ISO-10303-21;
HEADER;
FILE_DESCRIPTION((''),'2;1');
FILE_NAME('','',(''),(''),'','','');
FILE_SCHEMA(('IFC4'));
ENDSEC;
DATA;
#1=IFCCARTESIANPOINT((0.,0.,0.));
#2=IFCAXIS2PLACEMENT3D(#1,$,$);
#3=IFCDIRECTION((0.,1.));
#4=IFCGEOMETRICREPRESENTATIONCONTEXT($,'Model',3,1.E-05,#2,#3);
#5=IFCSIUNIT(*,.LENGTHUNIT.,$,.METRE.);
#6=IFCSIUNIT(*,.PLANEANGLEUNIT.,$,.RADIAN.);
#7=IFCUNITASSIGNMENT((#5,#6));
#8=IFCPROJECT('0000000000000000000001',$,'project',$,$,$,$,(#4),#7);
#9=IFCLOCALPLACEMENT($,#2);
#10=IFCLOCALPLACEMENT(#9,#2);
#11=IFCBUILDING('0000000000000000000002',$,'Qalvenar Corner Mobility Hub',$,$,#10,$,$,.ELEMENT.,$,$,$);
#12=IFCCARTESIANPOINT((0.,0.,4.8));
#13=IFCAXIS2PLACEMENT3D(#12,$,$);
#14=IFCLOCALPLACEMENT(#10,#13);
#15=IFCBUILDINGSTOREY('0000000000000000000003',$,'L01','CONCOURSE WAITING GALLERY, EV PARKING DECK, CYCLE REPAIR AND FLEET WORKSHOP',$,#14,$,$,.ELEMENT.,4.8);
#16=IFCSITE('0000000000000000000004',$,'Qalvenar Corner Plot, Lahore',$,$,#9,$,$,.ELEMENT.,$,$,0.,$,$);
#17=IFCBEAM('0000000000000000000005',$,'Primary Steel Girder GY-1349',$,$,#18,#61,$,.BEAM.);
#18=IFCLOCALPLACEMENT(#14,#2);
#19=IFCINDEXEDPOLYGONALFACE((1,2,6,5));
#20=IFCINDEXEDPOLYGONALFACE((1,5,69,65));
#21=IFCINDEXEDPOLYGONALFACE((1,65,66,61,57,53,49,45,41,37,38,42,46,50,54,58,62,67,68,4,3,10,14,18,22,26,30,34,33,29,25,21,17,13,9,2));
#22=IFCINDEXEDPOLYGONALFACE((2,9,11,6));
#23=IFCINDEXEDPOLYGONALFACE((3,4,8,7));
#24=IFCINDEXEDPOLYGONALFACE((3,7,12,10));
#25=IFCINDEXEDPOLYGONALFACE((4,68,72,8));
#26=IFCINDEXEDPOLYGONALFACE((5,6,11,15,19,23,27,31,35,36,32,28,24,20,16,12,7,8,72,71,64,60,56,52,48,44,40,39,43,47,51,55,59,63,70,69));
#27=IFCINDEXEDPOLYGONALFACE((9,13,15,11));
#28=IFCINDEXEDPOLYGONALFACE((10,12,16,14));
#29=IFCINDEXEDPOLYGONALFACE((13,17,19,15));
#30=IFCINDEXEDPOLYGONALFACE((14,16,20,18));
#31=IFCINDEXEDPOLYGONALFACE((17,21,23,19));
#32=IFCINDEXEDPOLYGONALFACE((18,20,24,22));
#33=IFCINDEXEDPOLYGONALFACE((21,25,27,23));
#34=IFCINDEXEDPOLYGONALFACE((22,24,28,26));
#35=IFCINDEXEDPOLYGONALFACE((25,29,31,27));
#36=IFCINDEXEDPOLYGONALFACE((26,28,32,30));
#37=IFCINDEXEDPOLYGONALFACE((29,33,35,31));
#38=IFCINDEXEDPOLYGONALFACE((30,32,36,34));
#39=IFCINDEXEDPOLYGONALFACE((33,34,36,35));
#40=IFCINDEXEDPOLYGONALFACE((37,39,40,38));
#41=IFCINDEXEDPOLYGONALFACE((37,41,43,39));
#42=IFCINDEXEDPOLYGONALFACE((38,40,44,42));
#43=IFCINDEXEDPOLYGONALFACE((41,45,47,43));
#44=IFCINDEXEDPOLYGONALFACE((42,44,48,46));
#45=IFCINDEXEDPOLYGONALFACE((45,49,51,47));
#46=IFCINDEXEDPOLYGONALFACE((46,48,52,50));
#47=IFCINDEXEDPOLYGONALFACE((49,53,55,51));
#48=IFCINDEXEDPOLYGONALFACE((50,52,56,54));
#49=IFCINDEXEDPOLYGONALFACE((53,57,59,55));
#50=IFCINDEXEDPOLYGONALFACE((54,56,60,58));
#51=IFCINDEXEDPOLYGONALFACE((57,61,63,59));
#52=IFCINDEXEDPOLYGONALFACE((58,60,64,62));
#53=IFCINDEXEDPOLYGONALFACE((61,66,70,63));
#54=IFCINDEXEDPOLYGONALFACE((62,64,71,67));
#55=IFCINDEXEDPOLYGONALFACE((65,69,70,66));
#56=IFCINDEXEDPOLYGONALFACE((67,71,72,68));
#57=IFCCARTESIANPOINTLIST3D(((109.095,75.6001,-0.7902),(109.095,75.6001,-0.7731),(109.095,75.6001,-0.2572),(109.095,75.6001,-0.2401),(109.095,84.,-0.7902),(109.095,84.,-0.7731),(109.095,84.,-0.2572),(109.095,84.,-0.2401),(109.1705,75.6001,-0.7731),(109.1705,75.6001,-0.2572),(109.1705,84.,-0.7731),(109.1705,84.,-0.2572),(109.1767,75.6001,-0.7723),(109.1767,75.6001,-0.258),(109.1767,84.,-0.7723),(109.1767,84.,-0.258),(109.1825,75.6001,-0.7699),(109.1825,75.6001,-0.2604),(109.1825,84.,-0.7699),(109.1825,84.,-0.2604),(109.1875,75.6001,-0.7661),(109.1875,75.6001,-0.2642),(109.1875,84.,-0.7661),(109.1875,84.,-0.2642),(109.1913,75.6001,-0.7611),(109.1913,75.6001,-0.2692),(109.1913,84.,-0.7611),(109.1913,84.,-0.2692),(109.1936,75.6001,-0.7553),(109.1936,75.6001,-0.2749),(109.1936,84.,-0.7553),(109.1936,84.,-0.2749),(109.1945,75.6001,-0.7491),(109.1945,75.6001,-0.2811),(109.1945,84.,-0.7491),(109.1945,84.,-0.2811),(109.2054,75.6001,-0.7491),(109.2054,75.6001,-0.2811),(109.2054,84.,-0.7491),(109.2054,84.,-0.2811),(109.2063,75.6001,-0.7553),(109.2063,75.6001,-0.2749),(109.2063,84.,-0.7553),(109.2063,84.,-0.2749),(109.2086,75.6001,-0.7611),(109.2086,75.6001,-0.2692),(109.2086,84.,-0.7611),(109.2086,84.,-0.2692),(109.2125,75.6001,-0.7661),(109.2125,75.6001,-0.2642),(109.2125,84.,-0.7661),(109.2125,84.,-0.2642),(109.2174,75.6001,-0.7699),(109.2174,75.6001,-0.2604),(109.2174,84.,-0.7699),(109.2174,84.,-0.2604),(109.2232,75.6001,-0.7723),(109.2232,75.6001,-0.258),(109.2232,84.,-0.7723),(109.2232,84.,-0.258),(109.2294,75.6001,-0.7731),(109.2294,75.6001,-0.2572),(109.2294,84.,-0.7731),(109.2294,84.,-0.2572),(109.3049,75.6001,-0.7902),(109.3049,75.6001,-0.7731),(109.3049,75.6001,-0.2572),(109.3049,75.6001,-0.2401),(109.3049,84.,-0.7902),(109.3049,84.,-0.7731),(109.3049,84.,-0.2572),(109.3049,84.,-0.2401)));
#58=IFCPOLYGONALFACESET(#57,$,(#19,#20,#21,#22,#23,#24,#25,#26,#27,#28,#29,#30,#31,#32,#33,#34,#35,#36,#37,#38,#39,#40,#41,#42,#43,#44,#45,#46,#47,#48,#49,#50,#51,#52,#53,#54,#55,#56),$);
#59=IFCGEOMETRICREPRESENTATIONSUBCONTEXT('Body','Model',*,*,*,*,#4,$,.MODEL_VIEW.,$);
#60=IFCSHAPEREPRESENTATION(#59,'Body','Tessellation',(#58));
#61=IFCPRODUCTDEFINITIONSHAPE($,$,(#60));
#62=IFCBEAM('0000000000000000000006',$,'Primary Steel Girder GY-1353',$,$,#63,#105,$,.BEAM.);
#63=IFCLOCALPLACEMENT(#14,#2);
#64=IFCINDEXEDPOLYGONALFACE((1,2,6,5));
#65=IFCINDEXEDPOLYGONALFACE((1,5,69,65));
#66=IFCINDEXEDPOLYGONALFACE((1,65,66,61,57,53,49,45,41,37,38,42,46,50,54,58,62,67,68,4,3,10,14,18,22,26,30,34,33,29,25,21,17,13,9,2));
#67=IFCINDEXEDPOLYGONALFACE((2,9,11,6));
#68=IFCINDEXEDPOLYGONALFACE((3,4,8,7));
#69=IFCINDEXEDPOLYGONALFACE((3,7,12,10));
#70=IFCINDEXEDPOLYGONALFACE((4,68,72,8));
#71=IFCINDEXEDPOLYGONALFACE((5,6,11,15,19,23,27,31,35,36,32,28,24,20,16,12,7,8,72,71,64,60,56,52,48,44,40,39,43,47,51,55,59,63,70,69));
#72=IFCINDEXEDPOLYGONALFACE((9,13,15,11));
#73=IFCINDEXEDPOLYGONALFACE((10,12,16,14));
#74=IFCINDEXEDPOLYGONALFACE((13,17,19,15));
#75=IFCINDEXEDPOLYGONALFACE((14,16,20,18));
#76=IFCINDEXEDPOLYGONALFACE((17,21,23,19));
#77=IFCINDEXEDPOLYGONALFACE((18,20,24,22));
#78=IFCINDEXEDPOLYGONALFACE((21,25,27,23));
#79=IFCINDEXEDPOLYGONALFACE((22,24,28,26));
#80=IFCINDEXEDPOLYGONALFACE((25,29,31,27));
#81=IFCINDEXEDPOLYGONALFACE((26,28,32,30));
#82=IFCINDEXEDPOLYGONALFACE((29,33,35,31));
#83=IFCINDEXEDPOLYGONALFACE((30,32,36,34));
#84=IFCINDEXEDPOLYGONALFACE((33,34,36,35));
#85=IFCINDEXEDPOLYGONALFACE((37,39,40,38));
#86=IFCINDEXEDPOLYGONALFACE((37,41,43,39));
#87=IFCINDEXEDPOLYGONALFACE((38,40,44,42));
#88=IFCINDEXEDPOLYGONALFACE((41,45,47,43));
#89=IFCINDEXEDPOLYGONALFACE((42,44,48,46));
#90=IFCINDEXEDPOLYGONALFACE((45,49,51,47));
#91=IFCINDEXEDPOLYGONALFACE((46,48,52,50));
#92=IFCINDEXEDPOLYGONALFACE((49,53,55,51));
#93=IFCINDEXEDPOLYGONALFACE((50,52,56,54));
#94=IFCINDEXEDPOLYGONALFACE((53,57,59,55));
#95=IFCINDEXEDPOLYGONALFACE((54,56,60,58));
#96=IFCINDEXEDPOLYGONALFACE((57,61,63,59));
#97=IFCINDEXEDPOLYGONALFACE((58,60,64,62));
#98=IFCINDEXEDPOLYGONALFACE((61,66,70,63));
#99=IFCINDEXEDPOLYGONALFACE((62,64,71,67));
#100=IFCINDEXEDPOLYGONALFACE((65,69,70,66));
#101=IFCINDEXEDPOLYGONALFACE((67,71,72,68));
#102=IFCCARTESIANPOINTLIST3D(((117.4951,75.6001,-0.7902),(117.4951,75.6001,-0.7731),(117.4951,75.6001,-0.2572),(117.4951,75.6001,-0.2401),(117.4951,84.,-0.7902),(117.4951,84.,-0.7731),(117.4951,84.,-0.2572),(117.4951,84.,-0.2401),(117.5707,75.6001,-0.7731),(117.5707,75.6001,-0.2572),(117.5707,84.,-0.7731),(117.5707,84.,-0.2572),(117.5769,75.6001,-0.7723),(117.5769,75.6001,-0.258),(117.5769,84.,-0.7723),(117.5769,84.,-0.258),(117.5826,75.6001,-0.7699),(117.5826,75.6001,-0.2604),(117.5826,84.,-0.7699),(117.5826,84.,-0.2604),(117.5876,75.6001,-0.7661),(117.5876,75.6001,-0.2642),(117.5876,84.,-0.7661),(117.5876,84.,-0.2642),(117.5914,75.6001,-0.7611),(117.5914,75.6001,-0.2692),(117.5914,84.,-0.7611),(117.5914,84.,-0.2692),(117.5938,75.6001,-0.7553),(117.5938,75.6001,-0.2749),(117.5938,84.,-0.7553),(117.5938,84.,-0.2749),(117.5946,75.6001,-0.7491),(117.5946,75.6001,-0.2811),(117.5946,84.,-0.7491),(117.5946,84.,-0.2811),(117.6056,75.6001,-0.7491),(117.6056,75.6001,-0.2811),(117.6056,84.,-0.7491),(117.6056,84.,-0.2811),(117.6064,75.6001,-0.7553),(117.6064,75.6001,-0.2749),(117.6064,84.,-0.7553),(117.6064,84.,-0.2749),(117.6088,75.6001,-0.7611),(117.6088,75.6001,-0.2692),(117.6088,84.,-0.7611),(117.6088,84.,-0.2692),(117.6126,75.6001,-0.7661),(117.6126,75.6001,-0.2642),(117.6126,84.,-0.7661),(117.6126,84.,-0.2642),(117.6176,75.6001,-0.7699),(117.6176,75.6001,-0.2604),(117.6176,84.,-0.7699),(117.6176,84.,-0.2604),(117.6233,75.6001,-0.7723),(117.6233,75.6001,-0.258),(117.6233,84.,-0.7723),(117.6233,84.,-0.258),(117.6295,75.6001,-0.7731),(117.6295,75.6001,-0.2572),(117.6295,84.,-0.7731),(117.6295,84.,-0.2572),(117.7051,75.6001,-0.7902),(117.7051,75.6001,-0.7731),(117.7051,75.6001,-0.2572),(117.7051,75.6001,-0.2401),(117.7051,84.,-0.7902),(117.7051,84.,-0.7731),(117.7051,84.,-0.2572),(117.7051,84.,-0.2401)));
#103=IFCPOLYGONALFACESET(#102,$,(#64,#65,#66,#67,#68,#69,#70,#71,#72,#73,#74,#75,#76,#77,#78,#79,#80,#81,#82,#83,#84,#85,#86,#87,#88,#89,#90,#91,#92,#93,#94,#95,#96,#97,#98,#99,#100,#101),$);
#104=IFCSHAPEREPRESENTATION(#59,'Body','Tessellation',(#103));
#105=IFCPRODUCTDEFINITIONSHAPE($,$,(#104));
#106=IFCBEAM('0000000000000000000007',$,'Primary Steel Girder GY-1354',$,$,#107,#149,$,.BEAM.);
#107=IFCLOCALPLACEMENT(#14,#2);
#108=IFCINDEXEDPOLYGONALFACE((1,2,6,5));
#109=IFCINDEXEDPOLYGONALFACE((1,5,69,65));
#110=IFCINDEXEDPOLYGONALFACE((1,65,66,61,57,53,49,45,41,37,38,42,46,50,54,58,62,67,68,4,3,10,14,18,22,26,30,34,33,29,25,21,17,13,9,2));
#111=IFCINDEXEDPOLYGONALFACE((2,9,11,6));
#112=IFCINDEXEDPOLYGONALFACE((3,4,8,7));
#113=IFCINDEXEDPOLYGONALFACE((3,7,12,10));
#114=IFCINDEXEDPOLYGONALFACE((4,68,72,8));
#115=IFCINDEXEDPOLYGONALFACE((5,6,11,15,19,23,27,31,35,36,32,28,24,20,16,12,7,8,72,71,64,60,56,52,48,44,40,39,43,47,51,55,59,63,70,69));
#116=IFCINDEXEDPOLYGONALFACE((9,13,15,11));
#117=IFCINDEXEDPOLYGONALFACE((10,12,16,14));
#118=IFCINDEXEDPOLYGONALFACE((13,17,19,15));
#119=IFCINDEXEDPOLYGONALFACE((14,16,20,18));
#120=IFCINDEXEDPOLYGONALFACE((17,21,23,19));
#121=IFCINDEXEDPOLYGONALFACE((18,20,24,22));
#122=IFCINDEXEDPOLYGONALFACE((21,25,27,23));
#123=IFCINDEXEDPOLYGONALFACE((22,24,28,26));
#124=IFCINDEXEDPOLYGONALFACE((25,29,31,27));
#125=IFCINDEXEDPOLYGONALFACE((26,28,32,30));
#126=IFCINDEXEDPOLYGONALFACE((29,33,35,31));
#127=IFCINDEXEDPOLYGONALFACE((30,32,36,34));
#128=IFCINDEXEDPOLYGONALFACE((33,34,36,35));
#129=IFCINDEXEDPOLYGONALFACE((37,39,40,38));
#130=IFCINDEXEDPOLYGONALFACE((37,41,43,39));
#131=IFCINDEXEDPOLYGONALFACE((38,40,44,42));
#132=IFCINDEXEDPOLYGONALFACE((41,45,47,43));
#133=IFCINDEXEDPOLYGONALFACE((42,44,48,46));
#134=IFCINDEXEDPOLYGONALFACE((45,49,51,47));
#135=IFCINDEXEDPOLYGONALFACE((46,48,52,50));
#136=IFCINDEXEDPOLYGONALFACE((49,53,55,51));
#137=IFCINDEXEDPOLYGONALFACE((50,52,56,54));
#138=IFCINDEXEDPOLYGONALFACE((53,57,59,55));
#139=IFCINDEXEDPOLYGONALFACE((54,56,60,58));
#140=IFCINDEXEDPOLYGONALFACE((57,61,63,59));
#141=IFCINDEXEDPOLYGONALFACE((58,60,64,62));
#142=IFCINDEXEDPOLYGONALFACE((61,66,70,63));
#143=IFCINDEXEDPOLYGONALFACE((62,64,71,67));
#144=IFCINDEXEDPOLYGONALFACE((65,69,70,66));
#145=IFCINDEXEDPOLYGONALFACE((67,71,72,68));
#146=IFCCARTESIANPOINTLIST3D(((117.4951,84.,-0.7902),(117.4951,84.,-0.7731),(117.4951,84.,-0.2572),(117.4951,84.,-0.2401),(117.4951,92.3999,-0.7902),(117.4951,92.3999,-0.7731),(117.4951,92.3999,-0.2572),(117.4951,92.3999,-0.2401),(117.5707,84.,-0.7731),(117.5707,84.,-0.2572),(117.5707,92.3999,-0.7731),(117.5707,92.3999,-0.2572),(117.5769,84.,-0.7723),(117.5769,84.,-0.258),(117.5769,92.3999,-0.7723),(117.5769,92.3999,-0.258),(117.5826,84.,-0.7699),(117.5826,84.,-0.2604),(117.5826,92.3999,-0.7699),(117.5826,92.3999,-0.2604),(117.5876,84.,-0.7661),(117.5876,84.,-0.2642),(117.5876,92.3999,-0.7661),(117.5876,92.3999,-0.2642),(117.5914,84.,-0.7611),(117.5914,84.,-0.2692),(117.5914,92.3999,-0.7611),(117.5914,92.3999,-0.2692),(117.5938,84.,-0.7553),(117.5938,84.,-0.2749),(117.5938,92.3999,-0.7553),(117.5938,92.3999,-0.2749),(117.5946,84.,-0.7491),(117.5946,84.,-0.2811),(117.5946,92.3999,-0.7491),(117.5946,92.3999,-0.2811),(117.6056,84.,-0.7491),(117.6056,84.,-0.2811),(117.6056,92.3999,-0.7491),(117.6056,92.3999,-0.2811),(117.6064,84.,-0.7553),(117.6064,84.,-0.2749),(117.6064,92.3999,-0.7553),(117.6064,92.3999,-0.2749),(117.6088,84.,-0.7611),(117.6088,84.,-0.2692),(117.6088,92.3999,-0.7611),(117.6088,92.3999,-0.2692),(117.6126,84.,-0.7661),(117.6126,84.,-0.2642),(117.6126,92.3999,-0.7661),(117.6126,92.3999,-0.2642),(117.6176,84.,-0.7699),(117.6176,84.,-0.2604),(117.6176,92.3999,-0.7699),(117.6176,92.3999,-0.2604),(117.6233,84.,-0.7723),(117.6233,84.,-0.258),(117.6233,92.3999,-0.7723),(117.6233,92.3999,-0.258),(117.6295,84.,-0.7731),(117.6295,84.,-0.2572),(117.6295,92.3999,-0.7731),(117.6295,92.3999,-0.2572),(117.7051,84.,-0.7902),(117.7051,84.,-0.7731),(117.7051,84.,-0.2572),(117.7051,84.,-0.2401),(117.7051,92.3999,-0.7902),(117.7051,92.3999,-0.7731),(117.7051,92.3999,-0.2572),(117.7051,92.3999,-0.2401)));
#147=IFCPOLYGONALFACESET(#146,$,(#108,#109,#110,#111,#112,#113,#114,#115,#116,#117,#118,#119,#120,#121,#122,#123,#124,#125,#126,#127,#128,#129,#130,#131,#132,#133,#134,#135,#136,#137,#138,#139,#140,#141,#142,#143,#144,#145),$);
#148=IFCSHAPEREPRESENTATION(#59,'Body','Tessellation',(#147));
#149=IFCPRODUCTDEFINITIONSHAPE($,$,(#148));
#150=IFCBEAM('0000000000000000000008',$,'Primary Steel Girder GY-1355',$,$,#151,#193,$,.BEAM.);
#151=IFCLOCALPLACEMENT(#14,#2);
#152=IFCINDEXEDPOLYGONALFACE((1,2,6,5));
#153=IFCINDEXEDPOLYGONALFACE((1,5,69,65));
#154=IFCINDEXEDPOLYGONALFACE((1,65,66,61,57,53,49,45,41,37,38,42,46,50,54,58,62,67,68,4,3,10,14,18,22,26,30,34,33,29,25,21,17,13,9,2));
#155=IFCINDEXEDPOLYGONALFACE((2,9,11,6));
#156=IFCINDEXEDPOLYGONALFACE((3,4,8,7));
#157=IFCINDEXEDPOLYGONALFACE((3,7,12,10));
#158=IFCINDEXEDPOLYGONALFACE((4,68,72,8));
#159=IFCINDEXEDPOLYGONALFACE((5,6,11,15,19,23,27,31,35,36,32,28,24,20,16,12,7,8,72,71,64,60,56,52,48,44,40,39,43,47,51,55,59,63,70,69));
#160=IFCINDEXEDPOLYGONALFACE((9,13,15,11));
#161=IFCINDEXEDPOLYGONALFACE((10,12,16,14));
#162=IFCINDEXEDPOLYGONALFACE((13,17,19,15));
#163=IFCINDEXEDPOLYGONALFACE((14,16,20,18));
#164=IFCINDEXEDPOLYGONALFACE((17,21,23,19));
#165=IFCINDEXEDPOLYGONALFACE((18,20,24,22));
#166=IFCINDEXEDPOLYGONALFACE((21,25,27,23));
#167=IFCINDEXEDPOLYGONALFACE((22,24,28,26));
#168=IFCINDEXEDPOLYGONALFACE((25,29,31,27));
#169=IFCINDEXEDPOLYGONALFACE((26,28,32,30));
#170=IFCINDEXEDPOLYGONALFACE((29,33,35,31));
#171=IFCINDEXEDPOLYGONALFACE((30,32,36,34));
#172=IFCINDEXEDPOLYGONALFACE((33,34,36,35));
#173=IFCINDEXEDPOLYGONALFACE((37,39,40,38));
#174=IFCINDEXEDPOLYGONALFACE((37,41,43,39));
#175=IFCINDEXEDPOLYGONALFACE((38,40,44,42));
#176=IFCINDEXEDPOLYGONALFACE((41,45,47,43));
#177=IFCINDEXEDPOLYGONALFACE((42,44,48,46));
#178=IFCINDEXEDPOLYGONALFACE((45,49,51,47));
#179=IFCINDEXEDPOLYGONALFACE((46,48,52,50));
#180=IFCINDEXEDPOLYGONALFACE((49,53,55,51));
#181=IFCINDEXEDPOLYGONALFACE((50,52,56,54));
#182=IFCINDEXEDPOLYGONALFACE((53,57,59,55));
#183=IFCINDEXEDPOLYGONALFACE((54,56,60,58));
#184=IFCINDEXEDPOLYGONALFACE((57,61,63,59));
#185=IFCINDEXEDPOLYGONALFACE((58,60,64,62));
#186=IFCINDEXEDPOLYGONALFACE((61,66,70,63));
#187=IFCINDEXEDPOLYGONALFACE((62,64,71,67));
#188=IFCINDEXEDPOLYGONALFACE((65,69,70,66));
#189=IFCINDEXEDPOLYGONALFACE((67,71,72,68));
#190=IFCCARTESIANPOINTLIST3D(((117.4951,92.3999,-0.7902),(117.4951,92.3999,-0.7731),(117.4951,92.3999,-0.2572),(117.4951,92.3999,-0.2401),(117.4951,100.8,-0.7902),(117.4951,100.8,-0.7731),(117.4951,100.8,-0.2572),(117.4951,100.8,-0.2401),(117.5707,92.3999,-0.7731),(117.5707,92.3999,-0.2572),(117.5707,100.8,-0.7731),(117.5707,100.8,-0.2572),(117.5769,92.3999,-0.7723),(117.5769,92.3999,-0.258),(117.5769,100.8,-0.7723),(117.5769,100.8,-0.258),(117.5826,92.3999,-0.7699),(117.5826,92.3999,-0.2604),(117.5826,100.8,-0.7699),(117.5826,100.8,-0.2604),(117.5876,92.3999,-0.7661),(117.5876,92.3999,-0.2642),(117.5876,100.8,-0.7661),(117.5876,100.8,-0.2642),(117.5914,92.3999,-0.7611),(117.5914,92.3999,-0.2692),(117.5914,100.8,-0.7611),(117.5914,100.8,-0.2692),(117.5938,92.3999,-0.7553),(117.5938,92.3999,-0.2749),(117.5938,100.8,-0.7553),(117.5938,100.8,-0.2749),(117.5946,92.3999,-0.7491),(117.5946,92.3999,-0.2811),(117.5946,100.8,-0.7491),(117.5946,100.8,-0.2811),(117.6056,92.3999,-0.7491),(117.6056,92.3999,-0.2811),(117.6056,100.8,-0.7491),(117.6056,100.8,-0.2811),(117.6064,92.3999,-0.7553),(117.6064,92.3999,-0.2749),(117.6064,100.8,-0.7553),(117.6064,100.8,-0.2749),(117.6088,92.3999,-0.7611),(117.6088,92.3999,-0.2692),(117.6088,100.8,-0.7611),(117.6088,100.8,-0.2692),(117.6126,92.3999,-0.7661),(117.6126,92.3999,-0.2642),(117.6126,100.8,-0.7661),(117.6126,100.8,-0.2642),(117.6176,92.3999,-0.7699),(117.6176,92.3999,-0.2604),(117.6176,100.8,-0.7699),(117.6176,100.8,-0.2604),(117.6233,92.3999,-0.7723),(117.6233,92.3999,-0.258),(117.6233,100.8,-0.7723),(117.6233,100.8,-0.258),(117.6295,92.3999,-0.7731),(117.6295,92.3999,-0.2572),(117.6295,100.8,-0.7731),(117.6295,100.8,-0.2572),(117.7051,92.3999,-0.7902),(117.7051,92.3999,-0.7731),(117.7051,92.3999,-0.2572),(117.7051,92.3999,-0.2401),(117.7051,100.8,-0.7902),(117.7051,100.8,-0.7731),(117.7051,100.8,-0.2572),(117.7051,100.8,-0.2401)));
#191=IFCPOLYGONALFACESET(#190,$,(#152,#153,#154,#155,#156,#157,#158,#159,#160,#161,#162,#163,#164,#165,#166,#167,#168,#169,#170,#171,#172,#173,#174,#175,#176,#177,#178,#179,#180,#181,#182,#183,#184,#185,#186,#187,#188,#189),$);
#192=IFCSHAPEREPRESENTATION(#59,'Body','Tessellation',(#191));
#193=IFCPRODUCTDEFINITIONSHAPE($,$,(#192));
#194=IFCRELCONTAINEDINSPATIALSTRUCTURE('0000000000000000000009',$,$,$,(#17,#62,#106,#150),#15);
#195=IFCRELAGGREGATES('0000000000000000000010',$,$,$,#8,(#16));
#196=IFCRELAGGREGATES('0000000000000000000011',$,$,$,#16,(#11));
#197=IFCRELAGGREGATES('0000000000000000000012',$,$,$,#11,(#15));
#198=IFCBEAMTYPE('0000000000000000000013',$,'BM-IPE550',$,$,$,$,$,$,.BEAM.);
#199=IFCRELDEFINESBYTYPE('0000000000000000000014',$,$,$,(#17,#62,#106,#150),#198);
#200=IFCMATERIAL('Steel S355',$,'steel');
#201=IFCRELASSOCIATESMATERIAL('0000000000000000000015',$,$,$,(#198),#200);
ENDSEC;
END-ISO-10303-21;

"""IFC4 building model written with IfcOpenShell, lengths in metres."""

from ifc_helpers import new_model, si_unit, direction, frame, origin, origin_2d, place, context, subcontext, project, spatial, i_section, extrude, material, material_profile, profile_set, type_object, element, save


model = new_model("IFC4")

# Units and contexts
model_context = context("Model", 3, precision=1e-05, world=origin(), true_north=direction((0.0, 1.0)))
body_context = subcontext(model_context, "Body", "Model", "MODEL_VIEW")
ifc_project = project(units=[si_unit("LENGTHUNIT", "METRE"), si_unit("PLANEANGLEUNIT", "RADIAN")], contexts=[model_context])

# Site, building, storey
site_placement = place(None, origin())
site = spatial("IfcSite", under=ifc_project, at=site_placement, Name="Qalvenar Corner Plot, Lahore", CompositionType="ELEMENT", RefElevation=0.0)
building_placement = place(site_placement, origin())
building = spatial("IfcBuilding", under=site, at=building_placement, Name="Qalvenar Corner Mobility Hub", CompositionType="ELEMENT")
storey_placement = place(building_placement, frame((0.0, 0.0, 4.8)))
storey = spatial("IfcBuildingStorey", under=building, at=storey_placement, Name="L01", Description="CONCOURSE WAITING GALLERY, EV PARKING DECK, CYCLE REPAIR AND FLEET WORKSHOP", CompositionType="ELEMENT", Elevation=4.8)

# Shared definitions
ifc_material = material(Name="Steel S355", Category="steel")

# Beams
ifc_material_profile_1 = material_profile(ifc_material, i_section(OverallWidth=0.21, OverallDepth=0.55, WebThickness=0.011, FlangeThickness=0.0171, FilletRadius=0.0239, at=origin_2d()), Name="IPE550")
ifc_profile_set_1 = profile_set([ifc_material_profile_1], Name="Steel S355")
beam_type_1 = type_object("IfcBeamType", Name="BM-IPE550", PredefinedType="BEAM", material=ifc_profile_set_1)
for number, where, z_axis, x_axis, name in (
    (1, (109.2, 75.6001, -0.5151), (0.0, 1.0, 0.0), (-1.0, 0.0, 0.0), "Primary Steel Girder GY-1349"),
    (2, (117.6001, 75.6001, -0.5151), (0.0, 1.0, 0.0), (-1.0, 0.0, 0.0), "Primary Steel Girder GY-1353"),
    (3, (117.6001, 84.0, -0.5151), (0.0, 1.0, 0.0), (-1.0, 0.0, 0.0), "Primary Steel Girder GY-1354"),
):
    element("IfcBeam", number, at=place(storey_placement, frame(where, z_axis=z_axis, x_axis=x_axis)), inside=storey, type_object=beam_type_1, Name=name, PredefinedType="BEAM", context=body_context, shape_type="SweptSolid", body=[
        extrude(i_section(OverallWidth=0.21, OverallDepth=0.55, WebThickness=0.011, FlangeThickness=0.0171, FilletRadius=0.0239, at=origin_2d()), origin(), (0.0, 0.0, 1.0), 8.3999),
    ])
beam_1_placement = place(storey_placement, frame((117.6001, 92.3999, -0.5151), z_axis=(0.0, 1.0, 0.0), x_axis=(-1.0, 0.0, 0.0)))
element("IfcBeam", 4, at=beam_1_placement, inside=storey, type_object=beam_type_1, Name="Primary Steel Girder GY-1355", PredefinedType="BEAM", context=body_context, shape_type="SweptSolid", body=[
    extrude(i_section(OverallWidth=0.21, OverallDepth=0.55, WebThickness=0.011, FlangeThickness=0.0171, FilletRadius=0.0239, at=origin_2d()), origin(), (0.0, 0.0, 1.0), 8.4001),
])

save(model, "model.ifc")
